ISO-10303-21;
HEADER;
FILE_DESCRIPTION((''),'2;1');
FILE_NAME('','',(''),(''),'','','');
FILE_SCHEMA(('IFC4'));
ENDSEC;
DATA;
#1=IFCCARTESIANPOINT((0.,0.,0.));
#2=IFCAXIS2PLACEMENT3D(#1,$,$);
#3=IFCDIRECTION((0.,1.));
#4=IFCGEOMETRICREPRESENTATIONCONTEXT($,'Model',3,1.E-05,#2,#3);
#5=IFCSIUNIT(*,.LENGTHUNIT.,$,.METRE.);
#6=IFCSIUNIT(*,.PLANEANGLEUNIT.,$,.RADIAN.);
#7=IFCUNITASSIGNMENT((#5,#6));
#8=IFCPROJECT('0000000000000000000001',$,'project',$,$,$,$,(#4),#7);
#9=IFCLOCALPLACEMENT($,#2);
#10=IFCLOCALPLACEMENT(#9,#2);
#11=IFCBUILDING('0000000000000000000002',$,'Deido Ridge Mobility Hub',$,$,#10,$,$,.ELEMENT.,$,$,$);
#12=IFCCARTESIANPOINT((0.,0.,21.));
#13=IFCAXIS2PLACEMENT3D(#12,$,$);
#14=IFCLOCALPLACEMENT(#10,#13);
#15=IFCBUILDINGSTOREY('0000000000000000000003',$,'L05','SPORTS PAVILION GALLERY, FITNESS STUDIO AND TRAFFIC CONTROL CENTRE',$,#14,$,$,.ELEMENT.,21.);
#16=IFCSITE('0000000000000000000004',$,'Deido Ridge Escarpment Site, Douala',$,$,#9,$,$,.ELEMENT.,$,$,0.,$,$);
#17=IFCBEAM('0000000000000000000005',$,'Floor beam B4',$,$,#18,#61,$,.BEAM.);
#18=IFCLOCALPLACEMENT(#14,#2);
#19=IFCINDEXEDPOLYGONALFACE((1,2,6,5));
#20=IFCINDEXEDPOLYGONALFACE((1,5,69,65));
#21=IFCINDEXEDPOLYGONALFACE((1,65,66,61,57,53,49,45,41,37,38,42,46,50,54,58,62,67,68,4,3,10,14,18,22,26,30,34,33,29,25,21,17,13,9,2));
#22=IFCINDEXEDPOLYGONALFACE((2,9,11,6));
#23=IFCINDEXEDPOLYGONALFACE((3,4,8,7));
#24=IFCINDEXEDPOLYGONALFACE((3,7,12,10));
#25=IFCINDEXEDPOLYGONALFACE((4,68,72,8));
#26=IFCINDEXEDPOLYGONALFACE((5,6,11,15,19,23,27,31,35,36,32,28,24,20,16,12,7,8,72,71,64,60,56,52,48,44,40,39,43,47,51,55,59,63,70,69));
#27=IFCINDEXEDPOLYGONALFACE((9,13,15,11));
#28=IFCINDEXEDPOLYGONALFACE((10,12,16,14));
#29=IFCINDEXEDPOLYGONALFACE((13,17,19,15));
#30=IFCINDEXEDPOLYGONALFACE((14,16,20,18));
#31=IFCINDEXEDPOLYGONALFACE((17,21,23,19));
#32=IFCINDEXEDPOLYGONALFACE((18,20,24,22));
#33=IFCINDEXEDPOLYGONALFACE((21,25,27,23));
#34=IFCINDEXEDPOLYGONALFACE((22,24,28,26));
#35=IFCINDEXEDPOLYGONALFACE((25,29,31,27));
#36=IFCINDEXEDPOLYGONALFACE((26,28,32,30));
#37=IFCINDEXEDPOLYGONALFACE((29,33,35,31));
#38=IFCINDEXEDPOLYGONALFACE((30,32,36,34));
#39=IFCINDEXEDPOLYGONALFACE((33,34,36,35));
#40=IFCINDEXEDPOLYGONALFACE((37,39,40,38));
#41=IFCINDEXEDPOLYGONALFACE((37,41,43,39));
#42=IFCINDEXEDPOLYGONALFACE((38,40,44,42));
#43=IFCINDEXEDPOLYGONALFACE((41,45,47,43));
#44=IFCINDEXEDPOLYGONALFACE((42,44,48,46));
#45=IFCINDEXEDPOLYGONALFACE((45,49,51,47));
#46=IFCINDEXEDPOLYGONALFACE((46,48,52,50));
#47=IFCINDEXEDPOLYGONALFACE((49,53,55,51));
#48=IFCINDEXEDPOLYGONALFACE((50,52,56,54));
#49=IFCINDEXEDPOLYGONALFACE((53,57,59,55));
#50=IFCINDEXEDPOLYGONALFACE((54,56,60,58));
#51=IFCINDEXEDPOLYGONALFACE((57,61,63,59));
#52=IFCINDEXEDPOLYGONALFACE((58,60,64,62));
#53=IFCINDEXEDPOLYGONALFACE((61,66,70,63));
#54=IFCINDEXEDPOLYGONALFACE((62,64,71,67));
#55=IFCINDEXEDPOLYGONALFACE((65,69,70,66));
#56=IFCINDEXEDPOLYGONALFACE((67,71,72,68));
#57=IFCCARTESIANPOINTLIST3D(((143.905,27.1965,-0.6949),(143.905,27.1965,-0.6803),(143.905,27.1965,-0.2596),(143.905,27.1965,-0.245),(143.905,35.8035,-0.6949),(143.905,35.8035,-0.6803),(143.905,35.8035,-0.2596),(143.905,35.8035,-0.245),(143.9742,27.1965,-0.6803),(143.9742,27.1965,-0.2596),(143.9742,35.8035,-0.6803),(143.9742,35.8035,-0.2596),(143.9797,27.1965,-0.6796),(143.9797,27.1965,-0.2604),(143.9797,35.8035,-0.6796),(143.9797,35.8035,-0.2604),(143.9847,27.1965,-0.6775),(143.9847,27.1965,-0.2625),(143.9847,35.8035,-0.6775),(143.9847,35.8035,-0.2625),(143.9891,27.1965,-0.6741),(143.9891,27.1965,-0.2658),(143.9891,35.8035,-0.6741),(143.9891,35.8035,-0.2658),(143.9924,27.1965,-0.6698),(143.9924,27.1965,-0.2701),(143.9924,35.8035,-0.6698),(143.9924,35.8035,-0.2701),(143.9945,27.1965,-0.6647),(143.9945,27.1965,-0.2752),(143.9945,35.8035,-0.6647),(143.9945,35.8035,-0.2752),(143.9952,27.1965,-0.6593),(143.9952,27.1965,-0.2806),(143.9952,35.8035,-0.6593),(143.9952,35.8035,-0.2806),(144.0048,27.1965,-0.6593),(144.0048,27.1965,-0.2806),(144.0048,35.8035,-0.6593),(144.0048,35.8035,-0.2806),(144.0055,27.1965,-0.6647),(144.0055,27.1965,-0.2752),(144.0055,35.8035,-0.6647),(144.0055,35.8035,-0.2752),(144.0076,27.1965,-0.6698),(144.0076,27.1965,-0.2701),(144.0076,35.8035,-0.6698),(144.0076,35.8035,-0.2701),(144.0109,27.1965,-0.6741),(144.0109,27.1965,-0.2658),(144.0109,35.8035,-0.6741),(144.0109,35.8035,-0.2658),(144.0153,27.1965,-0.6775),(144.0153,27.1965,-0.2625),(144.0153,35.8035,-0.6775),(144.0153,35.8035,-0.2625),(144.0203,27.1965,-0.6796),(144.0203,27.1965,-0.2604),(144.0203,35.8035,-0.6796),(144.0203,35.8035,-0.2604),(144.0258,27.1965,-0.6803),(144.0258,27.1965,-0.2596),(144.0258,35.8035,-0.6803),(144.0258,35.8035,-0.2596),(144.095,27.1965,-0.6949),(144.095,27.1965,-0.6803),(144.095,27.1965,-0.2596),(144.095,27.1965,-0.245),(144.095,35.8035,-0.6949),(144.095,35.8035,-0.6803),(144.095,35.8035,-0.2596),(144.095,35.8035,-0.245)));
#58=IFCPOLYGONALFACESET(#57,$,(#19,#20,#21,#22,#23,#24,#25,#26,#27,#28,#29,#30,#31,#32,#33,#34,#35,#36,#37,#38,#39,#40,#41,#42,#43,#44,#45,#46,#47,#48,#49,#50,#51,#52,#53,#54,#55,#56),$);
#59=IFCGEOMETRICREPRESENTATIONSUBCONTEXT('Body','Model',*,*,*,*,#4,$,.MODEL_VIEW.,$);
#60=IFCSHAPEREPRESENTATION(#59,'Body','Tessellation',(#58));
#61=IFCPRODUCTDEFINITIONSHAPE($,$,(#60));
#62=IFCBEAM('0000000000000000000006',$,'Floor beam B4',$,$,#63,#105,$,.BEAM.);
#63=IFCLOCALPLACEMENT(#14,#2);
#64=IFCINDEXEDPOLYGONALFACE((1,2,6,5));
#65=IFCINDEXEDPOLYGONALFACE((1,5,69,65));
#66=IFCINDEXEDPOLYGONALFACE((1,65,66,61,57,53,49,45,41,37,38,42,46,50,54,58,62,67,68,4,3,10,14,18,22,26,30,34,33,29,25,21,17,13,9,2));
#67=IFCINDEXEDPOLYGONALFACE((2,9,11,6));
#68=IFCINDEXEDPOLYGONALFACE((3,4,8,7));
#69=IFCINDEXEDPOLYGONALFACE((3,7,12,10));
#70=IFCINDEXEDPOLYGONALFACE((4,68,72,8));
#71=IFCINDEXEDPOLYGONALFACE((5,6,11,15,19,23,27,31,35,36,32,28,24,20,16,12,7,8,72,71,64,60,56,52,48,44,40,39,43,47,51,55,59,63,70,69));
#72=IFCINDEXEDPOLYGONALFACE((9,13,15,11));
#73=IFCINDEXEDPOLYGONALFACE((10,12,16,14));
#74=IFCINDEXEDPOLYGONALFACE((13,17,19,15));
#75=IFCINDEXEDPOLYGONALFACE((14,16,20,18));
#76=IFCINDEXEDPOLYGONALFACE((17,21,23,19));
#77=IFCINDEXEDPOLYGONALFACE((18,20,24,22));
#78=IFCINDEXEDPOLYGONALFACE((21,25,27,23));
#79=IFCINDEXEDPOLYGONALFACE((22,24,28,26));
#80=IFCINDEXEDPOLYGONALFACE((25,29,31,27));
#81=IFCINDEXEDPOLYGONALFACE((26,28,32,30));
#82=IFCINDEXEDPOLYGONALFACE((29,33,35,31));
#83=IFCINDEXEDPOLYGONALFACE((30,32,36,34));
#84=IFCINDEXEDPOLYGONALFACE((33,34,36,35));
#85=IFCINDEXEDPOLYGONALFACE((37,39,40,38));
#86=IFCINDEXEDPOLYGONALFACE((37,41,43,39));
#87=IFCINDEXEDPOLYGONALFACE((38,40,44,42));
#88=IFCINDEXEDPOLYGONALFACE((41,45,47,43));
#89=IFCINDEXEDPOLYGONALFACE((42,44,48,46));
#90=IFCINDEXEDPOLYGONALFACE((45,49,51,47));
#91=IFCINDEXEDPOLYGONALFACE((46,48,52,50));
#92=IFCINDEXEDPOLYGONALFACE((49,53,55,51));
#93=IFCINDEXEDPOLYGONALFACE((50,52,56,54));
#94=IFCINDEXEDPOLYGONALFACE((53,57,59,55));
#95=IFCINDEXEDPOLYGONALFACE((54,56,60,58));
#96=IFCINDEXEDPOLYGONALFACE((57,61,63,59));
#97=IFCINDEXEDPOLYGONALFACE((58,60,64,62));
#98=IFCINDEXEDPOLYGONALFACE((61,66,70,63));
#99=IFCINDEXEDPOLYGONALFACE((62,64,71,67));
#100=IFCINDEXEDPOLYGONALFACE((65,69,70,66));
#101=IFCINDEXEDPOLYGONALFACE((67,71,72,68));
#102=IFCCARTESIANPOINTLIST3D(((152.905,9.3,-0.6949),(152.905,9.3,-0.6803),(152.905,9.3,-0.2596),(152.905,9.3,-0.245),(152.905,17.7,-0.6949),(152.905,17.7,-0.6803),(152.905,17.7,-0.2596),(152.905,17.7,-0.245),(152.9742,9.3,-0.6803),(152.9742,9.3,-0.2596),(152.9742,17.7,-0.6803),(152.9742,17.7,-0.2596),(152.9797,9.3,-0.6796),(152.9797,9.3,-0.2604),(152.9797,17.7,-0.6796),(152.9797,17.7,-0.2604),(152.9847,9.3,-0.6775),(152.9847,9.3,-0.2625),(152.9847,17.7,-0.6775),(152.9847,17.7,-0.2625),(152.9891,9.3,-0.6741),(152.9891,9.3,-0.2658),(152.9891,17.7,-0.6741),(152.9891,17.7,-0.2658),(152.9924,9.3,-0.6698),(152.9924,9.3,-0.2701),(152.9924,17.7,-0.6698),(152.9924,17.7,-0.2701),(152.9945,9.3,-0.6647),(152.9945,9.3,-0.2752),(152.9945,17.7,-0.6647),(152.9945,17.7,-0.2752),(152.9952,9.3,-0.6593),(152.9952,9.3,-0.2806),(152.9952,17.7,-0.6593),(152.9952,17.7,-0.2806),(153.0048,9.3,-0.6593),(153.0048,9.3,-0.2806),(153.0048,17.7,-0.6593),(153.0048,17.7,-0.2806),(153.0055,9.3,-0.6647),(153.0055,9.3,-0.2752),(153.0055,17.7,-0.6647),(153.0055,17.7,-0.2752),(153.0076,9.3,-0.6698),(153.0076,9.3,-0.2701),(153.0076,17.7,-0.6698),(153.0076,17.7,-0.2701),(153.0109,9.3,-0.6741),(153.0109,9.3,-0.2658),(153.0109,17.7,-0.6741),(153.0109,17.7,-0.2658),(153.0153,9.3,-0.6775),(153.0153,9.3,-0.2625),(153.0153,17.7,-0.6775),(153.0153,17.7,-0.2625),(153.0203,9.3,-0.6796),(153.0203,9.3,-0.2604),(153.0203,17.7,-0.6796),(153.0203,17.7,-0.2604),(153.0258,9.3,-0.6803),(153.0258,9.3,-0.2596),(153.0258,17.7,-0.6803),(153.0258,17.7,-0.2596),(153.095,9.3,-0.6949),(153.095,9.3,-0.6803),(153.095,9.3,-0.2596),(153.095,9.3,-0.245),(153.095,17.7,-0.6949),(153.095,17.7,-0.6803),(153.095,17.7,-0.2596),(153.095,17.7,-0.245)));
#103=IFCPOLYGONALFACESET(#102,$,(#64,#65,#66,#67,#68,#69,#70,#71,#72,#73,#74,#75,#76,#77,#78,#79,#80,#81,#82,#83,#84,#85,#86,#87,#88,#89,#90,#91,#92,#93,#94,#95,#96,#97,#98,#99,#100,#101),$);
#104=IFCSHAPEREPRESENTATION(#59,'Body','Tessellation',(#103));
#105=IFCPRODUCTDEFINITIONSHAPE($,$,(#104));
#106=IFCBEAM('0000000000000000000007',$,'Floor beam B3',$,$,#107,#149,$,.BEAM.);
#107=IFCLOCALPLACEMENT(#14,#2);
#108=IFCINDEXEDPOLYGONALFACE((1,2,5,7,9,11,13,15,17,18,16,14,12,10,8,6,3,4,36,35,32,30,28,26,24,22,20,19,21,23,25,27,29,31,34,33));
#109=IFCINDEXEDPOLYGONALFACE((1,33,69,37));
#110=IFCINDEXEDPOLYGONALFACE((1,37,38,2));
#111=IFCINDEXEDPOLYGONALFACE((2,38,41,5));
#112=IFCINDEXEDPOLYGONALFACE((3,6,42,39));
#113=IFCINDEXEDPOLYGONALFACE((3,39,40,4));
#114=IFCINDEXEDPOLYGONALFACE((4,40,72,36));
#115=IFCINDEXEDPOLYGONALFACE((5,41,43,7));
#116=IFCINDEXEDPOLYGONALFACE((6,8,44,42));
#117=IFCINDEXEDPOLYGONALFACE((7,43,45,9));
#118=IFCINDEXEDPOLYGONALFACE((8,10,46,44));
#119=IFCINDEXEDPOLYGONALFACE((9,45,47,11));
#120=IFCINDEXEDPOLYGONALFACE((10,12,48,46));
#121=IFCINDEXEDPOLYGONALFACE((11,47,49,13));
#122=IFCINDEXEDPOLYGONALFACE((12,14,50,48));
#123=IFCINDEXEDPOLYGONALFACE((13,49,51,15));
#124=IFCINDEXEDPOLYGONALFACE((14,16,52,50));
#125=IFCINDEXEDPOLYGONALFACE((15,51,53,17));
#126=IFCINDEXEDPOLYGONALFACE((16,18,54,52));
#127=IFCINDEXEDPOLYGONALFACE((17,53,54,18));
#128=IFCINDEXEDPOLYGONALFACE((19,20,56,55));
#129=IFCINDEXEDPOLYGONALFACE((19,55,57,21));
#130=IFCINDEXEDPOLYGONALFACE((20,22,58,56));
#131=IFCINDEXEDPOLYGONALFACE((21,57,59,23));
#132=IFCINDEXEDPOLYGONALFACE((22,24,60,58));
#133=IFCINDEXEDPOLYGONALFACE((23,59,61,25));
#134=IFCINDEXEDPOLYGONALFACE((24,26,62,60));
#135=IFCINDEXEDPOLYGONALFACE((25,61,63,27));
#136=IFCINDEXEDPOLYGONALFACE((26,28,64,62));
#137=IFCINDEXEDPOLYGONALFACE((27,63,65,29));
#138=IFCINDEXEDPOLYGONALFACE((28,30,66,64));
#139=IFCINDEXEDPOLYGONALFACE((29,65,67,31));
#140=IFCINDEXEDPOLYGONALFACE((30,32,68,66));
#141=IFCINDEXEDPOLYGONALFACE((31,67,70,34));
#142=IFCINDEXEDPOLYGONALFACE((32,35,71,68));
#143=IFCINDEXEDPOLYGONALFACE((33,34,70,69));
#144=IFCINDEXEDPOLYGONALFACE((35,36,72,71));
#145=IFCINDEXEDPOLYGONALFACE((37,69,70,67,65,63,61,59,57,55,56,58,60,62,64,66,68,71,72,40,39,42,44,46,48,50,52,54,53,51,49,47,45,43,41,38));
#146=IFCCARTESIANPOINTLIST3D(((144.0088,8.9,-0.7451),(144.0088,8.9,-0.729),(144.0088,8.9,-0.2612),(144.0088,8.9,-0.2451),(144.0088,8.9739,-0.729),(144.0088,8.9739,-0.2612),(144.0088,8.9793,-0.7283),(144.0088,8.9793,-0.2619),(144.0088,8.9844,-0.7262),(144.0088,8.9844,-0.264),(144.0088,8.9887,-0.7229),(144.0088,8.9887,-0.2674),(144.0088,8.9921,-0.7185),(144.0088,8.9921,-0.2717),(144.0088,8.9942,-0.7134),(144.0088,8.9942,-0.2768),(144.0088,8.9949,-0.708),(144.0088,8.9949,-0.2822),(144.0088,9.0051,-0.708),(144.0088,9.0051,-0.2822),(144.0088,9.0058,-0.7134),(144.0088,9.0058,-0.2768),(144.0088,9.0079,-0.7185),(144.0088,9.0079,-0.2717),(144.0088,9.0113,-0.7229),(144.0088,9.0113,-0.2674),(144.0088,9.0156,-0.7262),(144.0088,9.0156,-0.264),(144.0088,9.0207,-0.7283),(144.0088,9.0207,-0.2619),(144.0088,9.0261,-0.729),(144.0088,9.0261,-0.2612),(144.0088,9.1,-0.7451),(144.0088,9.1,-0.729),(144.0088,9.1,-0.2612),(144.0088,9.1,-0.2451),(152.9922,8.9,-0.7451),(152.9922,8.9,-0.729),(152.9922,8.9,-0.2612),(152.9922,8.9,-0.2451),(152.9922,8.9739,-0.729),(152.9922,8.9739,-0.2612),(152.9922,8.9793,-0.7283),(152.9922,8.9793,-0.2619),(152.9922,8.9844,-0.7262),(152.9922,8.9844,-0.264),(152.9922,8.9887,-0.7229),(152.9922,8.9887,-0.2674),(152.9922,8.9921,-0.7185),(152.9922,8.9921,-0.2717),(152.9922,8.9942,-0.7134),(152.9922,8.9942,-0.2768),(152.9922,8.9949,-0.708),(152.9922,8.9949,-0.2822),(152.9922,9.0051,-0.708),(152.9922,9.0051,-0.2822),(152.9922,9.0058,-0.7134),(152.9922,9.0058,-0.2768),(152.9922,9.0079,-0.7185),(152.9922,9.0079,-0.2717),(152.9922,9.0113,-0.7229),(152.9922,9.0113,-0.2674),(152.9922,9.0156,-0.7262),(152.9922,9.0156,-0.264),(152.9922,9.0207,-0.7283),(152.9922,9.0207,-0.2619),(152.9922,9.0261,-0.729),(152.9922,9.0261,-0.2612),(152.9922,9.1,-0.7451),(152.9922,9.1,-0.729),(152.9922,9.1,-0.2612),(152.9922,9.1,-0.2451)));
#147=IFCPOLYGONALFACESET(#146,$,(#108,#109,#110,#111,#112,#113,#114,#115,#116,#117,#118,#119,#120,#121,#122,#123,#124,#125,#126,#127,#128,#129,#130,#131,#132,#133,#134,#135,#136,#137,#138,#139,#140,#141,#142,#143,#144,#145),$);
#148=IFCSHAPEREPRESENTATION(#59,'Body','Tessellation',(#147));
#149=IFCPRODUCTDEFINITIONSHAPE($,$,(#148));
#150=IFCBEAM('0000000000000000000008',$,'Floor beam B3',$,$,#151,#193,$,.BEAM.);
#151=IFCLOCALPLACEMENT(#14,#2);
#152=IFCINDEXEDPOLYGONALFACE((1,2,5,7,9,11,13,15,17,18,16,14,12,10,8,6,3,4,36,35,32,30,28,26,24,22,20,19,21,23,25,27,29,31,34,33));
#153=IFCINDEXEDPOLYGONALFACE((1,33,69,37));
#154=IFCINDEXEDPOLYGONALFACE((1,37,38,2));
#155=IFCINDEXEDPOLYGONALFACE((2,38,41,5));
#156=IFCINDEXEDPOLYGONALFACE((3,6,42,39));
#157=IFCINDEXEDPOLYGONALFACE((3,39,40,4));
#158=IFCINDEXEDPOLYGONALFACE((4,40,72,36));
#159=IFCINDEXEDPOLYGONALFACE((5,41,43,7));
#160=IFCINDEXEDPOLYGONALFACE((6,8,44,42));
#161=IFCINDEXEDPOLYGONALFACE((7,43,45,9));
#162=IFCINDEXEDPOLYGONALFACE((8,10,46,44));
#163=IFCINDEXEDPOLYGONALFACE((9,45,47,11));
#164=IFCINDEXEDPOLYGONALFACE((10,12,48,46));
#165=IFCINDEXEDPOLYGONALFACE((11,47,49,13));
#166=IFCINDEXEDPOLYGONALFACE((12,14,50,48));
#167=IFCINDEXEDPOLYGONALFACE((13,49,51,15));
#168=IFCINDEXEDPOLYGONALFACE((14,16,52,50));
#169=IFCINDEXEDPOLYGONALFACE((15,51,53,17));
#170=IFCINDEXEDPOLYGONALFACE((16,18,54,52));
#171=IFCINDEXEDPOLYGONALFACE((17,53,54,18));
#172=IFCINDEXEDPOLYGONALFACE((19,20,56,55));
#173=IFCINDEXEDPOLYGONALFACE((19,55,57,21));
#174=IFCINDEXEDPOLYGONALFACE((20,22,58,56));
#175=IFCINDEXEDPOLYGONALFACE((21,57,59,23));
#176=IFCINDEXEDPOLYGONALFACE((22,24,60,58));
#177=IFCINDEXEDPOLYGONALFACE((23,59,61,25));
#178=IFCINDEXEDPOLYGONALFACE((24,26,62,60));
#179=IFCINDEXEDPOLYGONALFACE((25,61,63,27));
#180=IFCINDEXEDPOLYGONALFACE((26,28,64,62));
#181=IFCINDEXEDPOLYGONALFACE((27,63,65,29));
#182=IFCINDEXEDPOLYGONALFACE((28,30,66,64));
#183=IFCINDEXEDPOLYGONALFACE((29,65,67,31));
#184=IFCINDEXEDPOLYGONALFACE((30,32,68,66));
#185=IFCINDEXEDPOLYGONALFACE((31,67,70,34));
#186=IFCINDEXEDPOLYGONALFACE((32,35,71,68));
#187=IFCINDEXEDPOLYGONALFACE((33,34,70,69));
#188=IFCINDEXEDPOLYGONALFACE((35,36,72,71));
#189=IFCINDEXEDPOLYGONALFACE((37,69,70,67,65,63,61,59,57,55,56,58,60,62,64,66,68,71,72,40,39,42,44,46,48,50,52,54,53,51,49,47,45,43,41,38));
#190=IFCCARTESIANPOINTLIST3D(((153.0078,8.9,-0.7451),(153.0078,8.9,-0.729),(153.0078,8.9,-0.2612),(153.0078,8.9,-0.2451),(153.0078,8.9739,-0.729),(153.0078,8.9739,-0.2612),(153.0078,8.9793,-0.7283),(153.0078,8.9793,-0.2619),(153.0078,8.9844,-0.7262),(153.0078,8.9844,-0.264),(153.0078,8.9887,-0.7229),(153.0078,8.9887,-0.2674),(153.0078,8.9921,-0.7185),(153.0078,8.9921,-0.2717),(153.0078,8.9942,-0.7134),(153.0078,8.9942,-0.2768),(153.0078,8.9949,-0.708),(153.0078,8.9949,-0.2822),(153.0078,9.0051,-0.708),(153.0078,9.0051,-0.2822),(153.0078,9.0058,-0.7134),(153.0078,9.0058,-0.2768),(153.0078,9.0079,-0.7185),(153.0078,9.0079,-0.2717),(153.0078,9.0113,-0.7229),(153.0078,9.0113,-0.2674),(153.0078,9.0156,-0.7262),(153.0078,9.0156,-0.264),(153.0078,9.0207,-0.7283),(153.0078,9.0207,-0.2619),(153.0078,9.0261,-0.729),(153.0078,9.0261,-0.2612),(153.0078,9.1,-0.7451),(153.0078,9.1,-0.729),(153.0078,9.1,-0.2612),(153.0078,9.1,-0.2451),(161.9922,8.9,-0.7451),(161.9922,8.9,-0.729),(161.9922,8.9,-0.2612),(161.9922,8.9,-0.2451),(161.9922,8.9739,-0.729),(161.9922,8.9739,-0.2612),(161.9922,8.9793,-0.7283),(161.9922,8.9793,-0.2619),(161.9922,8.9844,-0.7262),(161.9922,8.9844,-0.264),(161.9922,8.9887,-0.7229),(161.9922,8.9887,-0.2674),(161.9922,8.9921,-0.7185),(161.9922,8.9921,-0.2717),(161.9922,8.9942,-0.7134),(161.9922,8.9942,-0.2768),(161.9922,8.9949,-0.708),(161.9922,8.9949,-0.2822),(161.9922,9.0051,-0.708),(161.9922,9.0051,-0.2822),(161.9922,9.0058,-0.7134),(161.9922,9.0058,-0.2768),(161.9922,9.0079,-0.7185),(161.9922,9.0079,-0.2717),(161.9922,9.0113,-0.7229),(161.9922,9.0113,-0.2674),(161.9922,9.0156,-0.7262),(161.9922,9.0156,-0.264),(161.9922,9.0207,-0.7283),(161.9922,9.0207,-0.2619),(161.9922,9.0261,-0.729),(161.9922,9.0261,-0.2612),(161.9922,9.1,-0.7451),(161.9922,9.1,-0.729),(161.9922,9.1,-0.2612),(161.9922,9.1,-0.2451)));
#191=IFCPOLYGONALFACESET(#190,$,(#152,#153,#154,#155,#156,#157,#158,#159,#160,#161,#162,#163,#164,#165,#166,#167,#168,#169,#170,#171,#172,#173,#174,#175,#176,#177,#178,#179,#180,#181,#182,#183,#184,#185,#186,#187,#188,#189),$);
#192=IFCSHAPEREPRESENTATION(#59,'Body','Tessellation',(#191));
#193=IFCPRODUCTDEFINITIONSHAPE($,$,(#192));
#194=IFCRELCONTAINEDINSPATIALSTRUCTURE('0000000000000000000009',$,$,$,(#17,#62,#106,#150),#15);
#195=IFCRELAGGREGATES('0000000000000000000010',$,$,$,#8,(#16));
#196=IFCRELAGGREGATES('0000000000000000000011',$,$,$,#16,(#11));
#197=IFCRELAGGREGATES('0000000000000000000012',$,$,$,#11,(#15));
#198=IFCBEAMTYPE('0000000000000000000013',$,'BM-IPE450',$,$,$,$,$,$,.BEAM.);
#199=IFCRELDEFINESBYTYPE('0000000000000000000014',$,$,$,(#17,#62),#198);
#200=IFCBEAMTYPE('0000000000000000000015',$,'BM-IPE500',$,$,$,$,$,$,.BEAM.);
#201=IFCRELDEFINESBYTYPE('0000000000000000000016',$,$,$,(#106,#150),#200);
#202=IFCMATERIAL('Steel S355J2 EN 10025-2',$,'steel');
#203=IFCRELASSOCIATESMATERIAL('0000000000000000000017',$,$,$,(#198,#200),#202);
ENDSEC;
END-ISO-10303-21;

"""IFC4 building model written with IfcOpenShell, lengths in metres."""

from ifc_helpers import new_model, si_unit, direction, frame, origin, origin_2d, place, context, subcontext, project, spatial, i_section, extrude, material, material_profile, profile_set, type_object, element, save


model = new_model("IFC4")

# Units and contexts
model_context = context("Model", 3, precision=1e-05, world=origin(), true_north=direction((0.0, 1.0)))
body_context = subcontext(model_context, "Body", "Model", "MODEL_VIEW")
ifc_project = project(units=[si_unit("LENGTHUNIT", "METRE"), si_unit("PLANEANGLEUNIT", "RADIAN")], contexts=[model_context])

# Site, building, storey
site_placement = place(None, origin())
site = spatial("IfcSite", under=ifc_project, at=site_placement, Name="Deido Ridge Escarpment Site, Douala", CompositionType="ELEMENT", RefElevation=0.0)
building_placement = place(site_placement, origin())
building = spatial("IfcBuilding", under=site, at=building_placement, Name="Deido Ridge Mobility Hub", CompositionType="ELEMENT")
storey_placement = place(building_placement, frame((0.0, 0.0, 21.0)))
storey = spatial("IfcBuildingStorey", under=building, at=storey_placement, Name="L05", Description="SPORTS PAVILION GALLERY, FITNESS STUDIO AND TRAFFIC CONTROL CENTRE", CompositionType="ELEMENT", Elevation=21.0)

# Shared definitions
ifc_material_1 = material(Name="Steel S355J2 EN 10025-2", Category="steel")

# Beams
ifc_material_profile_1 = material_profile(ifc_material_1, i_section(OverallWidth=0.1899, OverallDepth=0.45, WebThickness=0.0095, FlangeThickness=0.0146, FilletRadius=0.021, at=origin_2d()), Name="IPE 450")
ifc_profile_set_1 = profile_set([ifc_material_profile_1], Name="Steel S355J2 EN 10025-2")
beam_type_1 = type_object("IfcBeamType", Name="BM-IPE450", PredefinedType="BEAM", material=ifc_profile_set_1)
beam_1_placement = place(storey_placement, frame((144.0, 27.1965, -0.47), z_axis=(0.0, 1.0, 0.0), x_axis=(-1.0, 0.0, 0.0)))
element("IfcBeam", 1, at=beam_1_placement, inside=storey, type_object=beam_type_1, Name="Floor beam B4", PredefinedType="BEAM", context=body_context, shape_type="SweptSolid", body=[
    extrude(i_section(OverallWidth=0.1899, OverallDepth=0.45, WebThickness=0.0095, FlangeThickness=0.0146, FilletRadius=0.021, at=origin_2d()), origin(), (0.0, 0.0, 1.0), 8.6069),
])
beam_2_placement = place(storey_placement, frame((153.0, 9.3, -0.47), z_axis=(0.0, 1.0, 0.0), x_axis=(-1.0, 0.0, 0.0)))
element("IfcBeam", 2, at=beam_2_placement, inside=storey, type_object=beam_type_1, Name="Floor beam B4", PredefinedType="BEAM", context=body_context, shape_type="SweptSolid", body=[
    extrude(i_section(OverallWidth=0.1899, OverallDepth=0.45, WebThickness=0.0095, FlangeThickness=0.0146, FilletRadius=0.021, at=origin_2d()), origin(), (0.0, 0.0, 1.0), 8.3999),
])
ifc_material_profile_2 = material_profile(ifc_material_1, i_section(OverallWidth=0.2, OverallDepth=0.5, WebThickness=0.0103, FlangeThickness=0.0161, FilletRadius=0.021, at=origin_2d()), Name="IPE 500")
ifc_profile_set_2 = profile_set([ifc_material_profile_2], Name="Steel S355J2 EN 10025-2")
beam_type_2 = type_object("IfcBeamType", Name="BM-IPE500", PredefinedType="BEAM", material=ifc_profile_set_2)
beam_3_placement = place(storey_placement, frame((144.0088, 9.0, -0.4951), z_axis=(1.0, 0.0, 0.0), x_axis=(0.0, 1.0, 0.0)))
element("IfcBeam", 3, at=beam_3_placement, inside=storey, type_object=beam_type_2, Name="Floor beam B3", PredefinedType="BEAM", context=body_context, shape_type="SweptSolid", body=[
    extrude(i_section(OverallWidth=0.2, OverallDepth=0.5, WebThickness=0.0103, FlangeThickness=0.0161, FilletRadius=0.021, at=origin_2d()), origin(), (0.0, 0.0, 1.0), 8.9834),
])
beam_4_placement = place(storey_placement, frame((153.0078, 9.0, -0.4951), z_axis=(1.0, 0.0, 0.0), x_axis=(0.0, 1.0, 0.0)))
element("IfcBeam", 4, at=beam_4_placement, inside=storey, type_object=beam_type_2, Name="Floor beam B3", PredefinedType="BEAM", context=body_context, shape_type="SweptSolid", body=[
    extrude(i_section(OverallWidth=0.2, OverallDepth=0.5, WebThickness=0.0103, FlangeThickness=0.0161, FilletRadius=0.021, at=origin_2d()), origin(), (0.0, 0.0, 1.0), 8.9844),
])

save(model, "model.ifc")
